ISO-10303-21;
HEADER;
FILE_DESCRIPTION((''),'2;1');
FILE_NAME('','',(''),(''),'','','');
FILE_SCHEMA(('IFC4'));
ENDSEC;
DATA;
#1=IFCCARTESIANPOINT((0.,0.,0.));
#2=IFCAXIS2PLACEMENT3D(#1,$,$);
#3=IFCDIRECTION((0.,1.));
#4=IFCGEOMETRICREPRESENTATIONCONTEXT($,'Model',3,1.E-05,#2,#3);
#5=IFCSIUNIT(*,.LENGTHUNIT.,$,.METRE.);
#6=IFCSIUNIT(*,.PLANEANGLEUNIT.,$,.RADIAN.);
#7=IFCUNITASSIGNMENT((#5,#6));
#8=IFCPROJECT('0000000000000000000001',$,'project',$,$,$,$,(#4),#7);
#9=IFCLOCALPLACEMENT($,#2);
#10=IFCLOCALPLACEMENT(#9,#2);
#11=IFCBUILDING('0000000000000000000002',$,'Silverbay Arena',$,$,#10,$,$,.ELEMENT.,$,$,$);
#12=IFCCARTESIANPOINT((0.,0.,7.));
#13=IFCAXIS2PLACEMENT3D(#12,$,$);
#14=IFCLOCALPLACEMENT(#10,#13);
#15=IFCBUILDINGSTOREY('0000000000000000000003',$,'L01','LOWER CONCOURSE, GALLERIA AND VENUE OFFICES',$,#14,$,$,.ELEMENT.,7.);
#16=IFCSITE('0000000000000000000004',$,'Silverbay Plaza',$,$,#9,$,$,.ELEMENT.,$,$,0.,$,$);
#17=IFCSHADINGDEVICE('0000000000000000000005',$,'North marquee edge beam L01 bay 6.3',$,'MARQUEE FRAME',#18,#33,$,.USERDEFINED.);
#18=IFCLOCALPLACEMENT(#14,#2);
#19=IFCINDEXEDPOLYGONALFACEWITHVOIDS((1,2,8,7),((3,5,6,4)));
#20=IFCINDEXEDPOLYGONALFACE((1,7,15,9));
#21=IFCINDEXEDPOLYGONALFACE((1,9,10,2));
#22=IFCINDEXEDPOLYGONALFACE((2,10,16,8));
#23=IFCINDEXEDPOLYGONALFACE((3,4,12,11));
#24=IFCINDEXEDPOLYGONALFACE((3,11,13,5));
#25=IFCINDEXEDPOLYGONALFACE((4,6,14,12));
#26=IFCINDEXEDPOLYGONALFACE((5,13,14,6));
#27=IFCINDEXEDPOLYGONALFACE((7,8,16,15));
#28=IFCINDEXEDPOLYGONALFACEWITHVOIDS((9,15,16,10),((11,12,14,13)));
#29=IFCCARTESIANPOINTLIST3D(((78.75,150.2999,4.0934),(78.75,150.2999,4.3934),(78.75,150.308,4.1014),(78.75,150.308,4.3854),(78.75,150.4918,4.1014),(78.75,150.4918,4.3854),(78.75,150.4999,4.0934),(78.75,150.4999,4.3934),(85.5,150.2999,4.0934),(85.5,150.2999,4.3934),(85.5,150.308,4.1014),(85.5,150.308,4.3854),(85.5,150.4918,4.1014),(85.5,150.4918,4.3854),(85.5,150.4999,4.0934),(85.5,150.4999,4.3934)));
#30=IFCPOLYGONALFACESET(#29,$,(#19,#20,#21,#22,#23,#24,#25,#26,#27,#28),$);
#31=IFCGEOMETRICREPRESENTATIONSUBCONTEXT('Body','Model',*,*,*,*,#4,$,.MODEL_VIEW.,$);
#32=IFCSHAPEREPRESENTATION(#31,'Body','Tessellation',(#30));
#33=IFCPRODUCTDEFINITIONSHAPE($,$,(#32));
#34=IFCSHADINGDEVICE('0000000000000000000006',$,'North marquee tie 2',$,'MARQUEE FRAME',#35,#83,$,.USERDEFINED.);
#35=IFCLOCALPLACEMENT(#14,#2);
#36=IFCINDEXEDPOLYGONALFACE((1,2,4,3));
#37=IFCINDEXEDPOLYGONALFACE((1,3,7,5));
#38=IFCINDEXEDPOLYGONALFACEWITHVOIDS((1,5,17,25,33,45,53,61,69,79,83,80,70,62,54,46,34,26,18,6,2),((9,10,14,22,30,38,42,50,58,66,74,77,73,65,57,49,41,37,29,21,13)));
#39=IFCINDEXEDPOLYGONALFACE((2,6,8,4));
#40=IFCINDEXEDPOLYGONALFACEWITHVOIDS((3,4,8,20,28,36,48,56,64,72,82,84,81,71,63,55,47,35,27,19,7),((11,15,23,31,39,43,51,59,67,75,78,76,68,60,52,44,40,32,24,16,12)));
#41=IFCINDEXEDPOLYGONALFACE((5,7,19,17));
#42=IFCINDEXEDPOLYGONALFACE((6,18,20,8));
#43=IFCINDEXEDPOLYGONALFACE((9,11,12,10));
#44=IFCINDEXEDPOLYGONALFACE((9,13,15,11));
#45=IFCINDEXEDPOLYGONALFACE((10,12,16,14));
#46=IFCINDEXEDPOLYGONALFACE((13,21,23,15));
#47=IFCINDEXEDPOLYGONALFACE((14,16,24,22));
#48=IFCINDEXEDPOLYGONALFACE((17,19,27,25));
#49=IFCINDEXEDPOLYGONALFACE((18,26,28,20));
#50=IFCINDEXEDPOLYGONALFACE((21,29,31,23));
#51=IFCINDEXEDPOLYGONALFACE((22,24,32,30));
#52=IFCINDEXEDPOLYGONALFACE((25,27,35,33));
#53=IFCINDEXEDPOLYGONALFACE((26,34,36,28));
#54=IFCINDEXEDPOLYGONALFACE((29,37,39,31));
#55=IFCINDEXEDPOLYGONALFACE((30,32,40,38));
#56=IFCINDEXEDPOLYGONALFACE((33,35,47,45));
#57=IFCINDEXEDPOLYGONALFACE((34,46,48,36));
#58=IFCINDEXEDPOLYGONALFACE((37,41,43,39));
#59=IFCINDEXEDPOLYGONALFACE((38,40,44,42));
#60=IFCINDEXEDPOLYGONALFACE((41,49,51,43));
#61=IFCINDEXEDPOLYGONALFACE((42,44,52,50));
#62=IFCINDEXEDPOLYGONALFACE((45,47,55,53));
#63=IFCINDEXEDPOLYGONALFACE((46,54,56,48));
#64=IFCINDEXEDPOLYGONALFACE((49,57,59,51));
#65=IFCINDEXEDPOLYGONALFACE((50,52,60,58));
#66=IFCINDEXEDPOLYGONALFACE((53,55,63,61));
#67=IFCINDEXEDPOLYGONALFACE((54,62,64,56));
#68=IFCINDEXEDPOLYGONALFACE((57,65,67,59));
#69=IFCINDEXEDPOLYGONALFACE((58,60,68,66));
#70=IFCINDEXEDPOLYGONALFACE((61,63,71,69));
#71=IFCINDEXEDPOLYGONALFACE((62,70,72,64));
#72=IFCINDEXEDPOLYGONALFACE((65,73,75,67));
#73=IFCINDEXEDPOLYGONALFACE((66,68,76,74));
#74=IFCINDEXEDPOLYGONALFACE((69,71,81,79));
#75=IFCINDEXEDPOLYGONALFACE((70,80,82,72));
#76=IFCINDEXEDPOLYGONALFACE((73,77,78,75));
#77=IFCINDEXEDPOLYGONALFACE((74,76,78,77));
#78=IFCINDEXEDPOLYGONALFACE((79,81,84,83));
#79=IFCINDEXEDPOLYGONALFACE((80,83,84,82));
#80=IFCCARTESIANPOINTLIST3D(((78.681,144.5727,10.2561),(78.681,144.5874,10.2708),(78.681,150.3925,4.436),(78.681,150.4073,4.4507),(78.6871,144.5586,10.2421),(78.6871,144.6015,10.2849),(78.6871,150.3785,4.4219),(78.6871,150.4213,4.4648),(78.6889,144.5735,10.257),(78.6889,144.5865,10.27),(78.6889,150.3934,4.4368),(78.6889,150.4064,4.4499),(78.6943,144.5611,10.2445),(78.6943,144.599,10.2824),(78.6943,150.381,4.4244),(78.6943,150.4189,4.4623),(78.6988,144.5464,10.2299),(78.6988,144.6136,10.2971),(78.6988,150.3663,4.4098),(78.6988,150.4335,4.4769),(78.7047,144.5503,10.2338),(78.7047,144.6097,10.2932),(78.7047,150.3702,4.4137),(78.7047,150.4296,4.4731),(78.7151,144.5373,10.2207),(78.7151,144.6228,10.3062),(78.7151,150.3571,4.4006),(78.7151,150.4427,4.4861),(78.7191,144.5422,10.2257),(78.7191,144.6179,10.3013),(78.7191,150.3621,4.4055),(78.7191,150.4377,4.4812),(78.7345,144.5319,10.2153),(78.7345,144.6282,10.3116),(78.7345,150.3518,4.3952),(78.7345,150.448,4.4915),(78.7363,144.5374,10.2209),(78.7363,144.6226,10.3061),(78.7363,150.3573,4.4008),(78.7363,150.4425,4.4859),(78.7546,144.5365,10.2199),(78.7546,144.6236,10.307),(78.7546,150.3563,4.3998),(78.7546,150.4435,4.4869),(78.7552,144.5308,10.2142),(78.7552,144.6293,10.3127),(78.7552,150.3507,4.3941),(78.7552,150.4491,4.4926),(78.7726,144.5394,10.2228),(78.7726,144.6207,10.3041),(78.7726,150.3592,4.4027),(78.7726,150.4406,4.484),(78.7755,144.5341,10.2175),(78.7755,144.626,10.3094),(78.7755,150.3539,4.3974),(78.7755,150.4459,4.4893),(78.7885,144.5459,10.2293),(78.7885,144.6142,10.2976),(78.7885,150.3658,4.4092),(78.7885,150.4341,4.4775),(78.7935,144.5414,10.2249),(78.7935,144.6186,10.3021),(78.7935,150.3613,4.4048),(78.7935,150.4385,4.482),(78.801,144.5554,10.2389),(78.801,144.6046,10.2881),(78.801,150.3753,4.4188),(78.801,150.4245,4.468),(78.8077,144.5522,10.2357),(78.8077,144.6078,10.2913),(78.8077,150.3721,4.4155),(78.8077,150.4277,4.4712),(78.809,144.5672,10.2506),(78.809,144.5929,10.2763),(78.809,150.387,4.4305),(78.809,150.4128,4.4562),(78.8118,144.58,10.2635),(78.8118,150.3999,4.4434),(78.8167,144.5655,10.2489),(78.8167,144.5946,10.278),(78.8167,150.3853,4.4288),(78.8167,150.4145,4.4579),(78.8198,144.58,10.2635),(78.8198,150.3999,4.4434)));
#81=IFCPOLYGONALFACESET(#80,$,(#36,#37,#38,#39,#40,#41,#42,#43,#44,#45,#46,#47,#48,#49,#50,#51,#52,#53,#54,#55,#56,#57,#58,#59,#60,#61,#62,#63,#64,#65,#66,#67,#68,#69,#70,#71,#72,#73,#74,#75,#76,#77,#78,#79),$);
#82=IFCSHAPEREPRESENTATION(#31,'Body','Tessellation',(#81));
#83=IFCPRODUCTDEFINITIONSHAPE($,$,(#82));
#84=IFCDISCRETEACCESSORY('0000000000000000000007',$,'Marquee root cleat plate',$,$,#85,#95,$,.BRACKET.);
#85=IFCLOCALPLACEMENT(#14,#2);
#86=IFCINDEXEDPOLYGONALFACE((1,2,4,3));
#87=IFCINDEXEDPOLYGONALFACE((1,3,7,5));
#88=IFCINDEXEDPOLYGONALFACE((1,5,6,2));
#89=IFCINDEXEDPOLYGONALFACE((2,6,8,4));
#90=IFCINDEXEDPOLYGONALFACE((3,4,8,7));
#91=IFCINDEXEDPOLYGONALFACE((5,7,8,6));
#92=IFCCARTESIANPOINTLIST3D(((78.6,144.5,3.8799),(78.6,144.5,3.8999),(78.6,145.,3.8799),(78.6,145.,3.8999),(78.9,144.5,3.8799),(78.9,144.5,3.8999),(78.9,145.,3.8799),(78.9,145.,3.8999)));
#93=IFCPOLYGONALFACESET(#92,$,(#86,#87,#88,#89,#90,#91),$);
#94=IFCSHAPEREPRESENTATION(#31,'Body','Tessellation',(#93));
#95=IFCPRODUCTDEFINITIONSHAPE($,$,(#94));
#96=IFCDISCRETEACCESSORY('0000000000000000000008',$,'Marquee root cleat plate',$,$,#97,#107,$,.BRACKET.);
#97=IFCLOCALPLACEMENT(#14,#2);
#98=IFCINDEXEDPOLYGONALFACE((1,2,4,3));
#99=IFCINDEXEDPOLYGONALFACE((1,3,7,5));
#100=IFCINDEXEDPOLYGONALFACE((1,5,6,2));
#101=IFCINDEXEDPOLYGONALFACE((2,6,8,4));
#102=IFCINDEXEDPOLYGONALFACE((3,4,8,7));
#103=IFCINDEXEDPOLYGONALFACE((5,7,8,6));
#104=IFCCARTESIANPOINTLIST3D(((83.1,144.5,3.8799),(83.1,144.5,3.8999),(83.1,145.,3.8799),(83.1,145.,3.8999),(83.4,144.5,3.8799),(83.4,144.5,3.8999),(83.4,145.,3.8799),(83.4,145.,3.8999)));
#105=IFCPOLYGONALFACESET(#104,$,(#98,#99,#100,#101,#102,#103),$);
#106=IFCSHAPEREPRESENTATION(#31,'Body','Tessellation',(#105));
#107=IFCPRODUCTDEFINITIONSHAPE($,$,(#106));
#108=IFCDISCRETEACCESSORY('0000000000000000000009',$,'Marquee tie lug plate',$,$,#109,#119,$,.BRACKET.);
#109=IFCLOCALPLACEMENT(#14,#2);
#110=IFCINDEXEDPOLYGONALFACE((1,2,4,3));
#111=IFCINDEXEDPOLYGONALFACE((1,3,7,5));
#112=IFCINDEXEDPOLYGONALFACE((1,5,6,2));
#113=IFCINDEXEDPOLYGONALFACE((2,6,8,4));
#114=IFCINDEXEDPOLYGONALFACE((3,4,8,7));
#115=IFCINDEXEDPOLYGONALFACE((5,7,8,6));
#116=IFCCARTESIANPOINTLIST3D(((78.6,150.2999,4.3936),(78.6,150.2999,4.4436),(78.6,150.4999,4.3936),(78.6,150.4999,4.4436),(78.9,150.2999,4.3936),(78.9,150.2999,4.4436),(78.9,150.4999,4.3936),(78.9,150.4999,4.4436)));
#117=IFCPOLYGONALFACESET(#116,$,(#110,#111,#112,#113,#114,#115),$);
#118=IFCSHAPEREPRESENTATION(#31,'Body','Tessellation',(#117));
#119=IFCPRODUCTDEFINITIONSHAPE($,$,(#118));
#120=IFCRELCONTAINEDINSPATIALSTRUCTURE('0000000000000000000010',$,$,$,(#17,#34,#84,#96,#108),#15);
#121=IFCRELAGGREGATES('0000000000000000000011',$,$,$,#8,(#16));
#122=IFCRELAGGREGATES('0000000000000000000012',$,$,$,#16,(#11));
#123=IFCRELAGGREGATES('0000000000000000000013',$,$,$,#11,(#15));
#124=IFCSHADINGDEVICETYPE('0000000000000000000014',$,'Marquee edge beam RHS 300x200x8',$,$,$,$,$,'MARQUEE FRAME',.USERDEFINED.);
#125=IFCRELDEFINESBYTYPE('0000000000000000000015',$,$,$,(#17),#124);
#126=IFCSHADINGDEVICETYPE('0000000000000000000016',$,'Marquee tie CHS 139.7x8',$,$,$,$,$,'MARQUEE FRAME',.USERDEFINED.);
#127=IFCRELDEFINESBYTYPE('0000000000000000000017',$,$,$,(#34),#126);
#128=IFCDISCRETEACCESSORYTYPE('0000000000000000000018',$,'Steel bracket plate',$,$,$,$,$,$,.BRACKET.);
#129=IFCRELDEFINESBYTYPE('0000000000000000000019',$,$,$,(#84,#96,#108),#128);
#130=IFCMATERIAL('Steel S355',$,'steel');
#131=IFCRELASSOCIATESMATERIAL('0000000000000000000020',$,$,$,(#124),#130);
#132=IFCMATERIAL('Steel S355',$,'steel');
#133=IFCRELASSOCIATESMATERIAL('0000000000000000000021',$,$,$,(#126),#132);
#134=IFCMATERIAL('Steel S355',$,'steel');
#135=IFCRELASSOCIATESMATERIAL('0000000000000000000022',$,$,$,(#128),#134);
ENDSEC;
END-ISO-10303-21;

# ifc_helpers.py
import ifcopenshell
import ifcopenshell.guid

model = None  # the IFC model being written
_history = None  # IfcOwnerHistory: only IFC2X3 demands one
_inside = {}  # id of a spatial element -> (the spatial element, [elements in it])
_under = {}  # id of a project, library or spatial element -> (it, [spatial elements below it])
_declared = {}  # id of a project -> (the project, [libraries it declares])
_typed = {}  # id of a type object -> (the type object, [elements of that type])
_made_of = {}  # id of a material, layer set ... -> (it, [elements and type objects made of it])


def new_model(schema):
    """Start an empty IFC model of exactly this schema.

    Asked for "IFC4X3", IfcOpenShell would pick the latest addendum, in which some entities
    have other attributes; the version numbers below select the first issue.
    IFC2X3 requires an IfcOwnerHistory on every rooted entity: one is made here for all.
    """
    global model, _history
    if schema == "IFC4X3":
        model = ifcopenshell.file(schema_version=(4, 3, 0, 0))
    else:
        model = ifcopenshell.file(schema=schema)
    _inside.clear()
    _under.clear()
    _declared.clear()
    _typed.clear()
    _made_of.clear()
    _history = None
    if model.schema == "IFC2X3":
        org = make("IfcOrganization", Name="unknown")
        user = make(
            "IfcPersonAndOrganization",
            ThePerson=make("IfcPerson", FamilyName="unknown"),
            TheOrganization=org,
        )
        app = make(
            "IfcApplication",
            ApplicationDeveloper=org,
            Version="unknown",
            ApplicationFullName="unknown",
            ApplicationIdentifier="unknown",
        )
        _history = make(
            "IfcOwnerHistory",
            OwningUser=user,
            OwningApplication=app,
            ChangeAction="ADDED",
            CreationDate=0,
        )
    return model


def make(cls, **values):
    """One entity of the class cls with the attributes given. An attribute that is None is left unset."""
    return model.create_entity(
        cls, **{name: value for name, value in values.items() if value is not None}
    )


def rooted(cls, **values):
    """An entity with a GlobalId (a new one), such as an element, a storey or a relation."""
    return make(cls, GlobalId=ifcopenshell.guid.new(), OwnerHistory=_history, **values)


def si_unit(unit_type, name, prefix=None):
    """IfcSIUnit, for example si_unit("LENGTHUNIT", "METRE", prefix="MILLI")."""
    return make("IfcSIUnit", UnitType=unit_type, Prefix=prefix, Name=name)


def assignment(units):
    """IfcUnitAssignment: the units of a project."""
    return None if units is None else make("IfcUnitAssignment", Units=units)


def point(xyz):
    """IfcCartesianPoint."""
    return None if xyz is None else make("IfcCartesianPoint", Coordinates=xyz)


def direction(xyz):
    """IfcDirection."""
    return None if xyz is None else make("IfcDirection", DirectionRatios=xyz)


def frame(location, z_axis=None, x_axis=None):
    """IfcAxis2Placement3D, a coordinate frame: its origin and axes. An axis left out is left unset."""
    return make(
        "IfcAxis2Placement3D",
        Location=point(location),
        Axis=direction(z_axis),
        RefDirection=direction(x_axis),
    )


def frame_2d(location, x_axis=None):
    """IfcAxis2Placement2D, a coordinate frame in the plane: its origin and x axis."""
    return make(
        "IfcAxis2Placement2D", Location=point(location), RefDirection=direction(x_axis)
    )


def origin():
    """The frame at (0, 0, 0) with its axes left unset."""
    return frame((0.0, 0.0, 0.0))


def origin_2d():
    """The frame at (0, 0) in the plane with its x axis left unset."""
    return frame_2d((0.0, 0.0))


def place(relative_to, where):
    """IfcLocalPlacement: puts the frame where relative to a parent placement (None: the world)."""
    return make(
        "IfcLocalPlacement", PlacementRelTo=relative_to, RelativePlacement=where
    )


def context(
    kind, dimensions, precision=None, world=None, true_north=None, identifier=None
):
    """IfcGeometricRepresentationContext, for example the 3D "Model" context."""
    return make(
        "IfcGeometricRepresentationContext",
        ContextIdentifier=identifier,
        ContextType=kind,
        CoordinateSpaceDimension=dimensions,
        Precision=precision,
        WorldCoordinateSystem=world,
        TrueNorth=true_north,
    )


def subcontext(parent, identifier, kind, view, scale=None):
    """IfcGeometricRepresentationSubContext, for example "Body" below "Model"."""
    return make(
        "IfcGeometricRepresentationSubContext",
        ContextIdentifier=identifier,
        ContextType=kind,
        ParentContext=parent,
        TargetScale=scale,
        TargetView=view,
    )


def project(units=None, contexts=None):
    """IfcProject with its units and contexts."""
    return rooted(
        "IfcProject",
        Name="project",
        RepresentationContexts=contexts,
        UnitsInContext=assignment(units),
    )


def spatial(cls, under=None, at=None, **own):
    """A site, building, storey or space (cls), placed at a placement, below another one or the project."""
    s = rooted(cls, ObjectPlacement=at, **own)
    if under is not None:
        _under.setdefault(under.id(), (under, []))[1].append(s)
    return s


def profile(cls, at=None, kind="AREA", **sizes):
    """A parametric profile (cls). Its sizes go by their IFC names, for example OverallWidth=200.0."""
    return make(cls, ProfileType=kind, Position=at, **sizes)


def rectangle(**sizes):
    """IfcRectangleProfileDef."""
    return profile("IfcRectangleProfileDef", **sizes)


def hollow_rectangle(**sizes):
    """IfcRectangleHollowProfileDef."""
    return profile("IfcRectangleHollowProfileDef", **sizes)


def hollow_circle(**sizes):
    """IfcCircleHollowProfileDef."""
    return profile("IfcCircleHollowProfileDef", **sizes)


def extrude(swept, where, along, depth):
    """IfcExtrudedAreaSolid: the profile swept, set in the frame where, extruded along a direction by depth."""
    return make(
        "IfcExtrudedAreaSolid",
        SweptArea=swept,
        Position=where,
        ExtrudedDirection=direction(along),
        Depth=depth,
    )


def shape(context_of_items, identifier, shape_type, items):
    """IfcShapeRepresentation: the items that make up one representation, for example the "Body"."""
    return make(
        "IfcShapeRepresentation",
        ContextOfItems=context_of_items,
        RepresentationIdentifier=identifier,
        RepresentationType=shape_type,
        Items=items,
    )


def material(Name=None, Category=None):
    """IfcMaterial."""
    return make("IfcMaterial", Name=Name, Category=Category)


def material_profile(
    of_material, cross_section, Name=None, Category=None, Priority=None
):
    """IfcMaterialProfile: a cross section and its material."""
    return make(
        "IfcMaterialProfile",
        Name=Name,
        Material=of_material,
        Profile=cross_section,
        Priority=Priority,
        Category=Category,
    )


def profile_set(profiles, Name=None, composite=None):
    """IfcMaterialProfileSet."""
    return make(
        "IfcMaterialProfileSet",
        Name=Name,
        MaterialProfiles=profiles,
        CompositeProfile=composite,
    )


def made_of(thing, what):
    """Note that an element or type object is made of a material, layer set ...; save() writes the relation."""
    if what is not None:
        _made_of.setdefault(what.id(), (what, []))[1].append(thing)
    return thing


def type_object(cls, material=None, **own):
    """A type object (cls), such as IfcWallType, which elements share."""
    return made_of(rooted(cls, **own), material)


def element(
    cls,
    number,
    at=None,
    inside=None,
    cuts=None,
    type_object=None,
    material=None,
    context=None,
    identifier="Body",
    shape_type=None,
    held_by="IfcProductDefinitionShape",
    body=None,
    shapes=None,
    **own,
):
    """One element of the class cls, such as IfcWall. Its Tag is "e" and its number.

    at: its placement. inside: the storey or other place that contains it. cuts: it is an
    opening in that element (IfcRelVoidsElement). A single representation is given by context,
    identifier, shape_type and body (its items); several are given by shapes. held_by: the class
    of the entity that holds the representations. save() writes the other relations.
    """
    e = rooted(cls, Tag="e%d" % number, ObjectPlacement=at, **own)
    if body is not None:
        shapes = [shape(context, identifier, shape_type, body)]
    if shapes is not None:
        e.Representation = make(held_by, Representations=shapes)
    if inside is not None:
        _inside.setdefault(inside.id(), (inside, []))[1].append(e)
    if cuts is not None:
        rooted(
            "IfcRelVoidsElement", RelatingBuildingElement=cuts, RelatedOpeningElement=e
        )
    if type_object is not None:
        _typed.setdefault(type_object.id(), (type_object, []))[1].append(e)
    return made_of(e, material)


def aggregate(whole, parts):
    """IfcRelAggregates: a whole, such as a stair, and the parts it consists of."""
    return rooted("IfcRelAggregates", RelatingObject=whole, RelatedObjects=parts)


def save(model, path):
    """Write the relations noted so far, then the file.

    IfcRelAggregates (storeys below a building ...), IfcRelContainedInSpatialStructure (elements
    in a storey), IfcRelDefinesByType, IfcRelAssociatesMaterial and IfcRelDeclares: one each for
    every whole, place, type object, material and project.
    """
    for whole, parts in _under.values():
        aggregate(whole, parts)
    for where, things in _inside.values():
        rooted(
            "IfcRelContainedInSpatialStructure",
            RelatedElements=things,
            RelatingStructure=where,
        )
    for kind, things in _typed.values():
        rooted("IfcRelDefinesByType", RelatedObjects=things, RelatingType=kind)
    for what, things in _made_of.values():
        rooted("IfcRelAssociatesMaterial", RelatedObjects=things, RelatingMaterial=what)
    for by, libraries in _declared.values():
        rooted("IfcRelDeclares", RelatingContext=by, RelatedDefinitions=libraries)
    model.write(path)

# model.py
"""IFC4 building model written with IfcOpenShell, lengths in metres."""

from ifc_helpers import new_model, si_unit, direction, frame, origin, origin_2d, place, context, subcontext, project, spatial, rectangle, hollow_rectangle, hollow_circle, extrude, material, material_profile, profile_set, type_object, element, save


model = new_model("IFC4")

# Units and contexts
model_context = context("Model", 3, precision=1e-05, world=origin(), true_north=direction((0.0, 1.0)))
body_context = subcontext(model_context, "Body", "Model", "MODEL_VIEW")
ifc_project = project(units=[si_unit("LENGTHUNIT", "METRE"), si_unit("PLANEANGLEUNIT", "RADIAN")], contexts=[model_context])

# Site, building, storey
site_placement = place(None, origin())
site = spatial("IfcSite", under=ifc_project, at=site_placement, Name="Silverbay Plaza", CompositionType="ELEMENT", RefElevation=0.0)
building_placement = place(site_placement, origin())
building = spatial("IfcBuilding", under=site, at=building_placement, Name="Silverbay Arena", CompositionType="ELEMENT")
storey_placement = place(building_placement, frame((0.0, 0.0, 7.0)))
storey = spatial("IfcBuildingStorey", under=building, at=storey_placement, Name="L01", Description="LOWER CONCOURSE, GALLERIA AND VENUE OFFICES", CompositionType="ELEMENT", Elevation=7.0)

# Shading devices
ifc_material_1 = material(Name="Steel S355", Category="steel")
ifc_material_profile_1 = material_profile(ifc_material_1, hollow_rectangle(XDim=0.2, YDim=0.3, WallThickness=0.0081, at=origin_2d()), Name="RHS 300x200x8")
ifc_profile_set_1 = profile_set([ifc_material_profile_1], Name="Steel S355")
shading_device_type_1 = type_object("IfcShadingDeviceType", Name="Marquee edge beam RHS 300x200x8", ElementType="MARQUEE FRAME", PredefinedType="USERDEFINED", material=ifc_profile_set_1)
shading_device_1_placement = place(storey_placement, frame((78.75, 150.3999, 4.2434), z_axis=(1.0, 0.0, 0.0), x_axis=(0.0, 1.0, 0.0)))
element("IfcShadingDevice", 1, at=shading_device_1_placement, inside=storey, type_object=shading_device_type_1, Name="North marquee edge beam L01 bay 6.3", ObjectType="MARQUEE FRAME", PredefinedType="USERDEFINED", context=body_context, shape_type="SweptSolid", body=[
    extrude(hollow_rectangle(XDim=0.2, YDim=0.3, WallThickness=0.0081, at=origin_2d()), origin(), (0.0, 0.0, 1.0), 6.75),
])
ifc_material_2 = material(Name="Steel S355", Category="steel")
ifc_material_profile_2 = material_profile(ifc_material_2, hollow_circle(Radius=0.0698, WallThickness=0.0081, at=origin_2d()), Name="CHS 139.7x8")
ifc_profile_set_2 = profile_set([ifc_material_profile_2], Name="Steel S355")
shading_device_type_2 = type_object("IfcShadingDeviceType", Name="Marquee tie CHS 139.7x8", ElementType="MARQUEE FRAME", PredefinedType="USERDEFINED", material=ifc_profile_set_2)
shading_device_2_placement = place(storey_placement, frame((78.75, 150.3999, 4.4434), z_axis=(0.0, -0.707092, 0.707122), x_axis=(1.0, 0.0, 0.0)))
element("IfcShadingDevice", 2, at=shading_device_2_placement, inside=storey, type_object=shading_device_type_2, Name="North marquee tie 2", ObjectType="MARQUEE FRAME", PredefinedType="USERDEFINED", context=body_context, shape_type="SweptSolid", body=[
    extrude(hollow_circle(Radius=0.0698, WallThickness=0.0081, at=origin_2d()), origin(), (0.0, 0.0, 1.0), 8.2307),
])

# Discrete accessories
ifc_material_3 = material(Name="Steel S355", Category="steel")
discrete_accessory_type = type_object("IfcDiscreteAccessoryType", Name="Steel bracket plate", PredefinedType="BRACKET", material=ifc_material_3)
for number, where, z_axis, x_axis, name in (
    (3, (78.75, 144.75, 3.8799), (0.0, 0.0, 1.0), (1.0, 0.0, 0.0), "Marquee root cleat plate"),
    (4, (83.25, 144.75, 3.8799), (0.0, 0.0, 1.0), (1.0, 0.0, 0.0), "Marquee root cleat plate"),
):
    element("IfcDiscreteAccessory", number, at=place(storey_placement, frame(where, z_axis=z_axis, x_axis=x_axis)), inside=storey, type_object=discrete_accessory_type, Name=name, PredefinedType="BRACKET", context=body_context, shape_type="SweptSolid", body=[
        extrude(rectangle(XDim=0.3, YDim=0.5, at=origin_2d()), origin(), (0.0, 0.0, 1.0), 0.02),
    ])
discrete_accessory_placement = place(storey_placement, frame((78.75, 150.3999, 4.3936), z_axis=(0.0, 0.0, 1.0), x_axis=(1.0, 0.0, 0.0)))
element("IfcDiscreteAccessory", 5, at=discrete_accessory_placement, inside=storey, type_object=discrete_accessory_type, Name="Marquee tie lug plate", PredefinedType="BRACKET", context=body_context, shape_type="SweptSolid", body=[
    extrude(rectangle(XDim=0.3, YDim=0.2, at=origin_2d()), origin(), (0.0, 0.0, 1.0), 0.05),
])

save(model, "model.ifc")
